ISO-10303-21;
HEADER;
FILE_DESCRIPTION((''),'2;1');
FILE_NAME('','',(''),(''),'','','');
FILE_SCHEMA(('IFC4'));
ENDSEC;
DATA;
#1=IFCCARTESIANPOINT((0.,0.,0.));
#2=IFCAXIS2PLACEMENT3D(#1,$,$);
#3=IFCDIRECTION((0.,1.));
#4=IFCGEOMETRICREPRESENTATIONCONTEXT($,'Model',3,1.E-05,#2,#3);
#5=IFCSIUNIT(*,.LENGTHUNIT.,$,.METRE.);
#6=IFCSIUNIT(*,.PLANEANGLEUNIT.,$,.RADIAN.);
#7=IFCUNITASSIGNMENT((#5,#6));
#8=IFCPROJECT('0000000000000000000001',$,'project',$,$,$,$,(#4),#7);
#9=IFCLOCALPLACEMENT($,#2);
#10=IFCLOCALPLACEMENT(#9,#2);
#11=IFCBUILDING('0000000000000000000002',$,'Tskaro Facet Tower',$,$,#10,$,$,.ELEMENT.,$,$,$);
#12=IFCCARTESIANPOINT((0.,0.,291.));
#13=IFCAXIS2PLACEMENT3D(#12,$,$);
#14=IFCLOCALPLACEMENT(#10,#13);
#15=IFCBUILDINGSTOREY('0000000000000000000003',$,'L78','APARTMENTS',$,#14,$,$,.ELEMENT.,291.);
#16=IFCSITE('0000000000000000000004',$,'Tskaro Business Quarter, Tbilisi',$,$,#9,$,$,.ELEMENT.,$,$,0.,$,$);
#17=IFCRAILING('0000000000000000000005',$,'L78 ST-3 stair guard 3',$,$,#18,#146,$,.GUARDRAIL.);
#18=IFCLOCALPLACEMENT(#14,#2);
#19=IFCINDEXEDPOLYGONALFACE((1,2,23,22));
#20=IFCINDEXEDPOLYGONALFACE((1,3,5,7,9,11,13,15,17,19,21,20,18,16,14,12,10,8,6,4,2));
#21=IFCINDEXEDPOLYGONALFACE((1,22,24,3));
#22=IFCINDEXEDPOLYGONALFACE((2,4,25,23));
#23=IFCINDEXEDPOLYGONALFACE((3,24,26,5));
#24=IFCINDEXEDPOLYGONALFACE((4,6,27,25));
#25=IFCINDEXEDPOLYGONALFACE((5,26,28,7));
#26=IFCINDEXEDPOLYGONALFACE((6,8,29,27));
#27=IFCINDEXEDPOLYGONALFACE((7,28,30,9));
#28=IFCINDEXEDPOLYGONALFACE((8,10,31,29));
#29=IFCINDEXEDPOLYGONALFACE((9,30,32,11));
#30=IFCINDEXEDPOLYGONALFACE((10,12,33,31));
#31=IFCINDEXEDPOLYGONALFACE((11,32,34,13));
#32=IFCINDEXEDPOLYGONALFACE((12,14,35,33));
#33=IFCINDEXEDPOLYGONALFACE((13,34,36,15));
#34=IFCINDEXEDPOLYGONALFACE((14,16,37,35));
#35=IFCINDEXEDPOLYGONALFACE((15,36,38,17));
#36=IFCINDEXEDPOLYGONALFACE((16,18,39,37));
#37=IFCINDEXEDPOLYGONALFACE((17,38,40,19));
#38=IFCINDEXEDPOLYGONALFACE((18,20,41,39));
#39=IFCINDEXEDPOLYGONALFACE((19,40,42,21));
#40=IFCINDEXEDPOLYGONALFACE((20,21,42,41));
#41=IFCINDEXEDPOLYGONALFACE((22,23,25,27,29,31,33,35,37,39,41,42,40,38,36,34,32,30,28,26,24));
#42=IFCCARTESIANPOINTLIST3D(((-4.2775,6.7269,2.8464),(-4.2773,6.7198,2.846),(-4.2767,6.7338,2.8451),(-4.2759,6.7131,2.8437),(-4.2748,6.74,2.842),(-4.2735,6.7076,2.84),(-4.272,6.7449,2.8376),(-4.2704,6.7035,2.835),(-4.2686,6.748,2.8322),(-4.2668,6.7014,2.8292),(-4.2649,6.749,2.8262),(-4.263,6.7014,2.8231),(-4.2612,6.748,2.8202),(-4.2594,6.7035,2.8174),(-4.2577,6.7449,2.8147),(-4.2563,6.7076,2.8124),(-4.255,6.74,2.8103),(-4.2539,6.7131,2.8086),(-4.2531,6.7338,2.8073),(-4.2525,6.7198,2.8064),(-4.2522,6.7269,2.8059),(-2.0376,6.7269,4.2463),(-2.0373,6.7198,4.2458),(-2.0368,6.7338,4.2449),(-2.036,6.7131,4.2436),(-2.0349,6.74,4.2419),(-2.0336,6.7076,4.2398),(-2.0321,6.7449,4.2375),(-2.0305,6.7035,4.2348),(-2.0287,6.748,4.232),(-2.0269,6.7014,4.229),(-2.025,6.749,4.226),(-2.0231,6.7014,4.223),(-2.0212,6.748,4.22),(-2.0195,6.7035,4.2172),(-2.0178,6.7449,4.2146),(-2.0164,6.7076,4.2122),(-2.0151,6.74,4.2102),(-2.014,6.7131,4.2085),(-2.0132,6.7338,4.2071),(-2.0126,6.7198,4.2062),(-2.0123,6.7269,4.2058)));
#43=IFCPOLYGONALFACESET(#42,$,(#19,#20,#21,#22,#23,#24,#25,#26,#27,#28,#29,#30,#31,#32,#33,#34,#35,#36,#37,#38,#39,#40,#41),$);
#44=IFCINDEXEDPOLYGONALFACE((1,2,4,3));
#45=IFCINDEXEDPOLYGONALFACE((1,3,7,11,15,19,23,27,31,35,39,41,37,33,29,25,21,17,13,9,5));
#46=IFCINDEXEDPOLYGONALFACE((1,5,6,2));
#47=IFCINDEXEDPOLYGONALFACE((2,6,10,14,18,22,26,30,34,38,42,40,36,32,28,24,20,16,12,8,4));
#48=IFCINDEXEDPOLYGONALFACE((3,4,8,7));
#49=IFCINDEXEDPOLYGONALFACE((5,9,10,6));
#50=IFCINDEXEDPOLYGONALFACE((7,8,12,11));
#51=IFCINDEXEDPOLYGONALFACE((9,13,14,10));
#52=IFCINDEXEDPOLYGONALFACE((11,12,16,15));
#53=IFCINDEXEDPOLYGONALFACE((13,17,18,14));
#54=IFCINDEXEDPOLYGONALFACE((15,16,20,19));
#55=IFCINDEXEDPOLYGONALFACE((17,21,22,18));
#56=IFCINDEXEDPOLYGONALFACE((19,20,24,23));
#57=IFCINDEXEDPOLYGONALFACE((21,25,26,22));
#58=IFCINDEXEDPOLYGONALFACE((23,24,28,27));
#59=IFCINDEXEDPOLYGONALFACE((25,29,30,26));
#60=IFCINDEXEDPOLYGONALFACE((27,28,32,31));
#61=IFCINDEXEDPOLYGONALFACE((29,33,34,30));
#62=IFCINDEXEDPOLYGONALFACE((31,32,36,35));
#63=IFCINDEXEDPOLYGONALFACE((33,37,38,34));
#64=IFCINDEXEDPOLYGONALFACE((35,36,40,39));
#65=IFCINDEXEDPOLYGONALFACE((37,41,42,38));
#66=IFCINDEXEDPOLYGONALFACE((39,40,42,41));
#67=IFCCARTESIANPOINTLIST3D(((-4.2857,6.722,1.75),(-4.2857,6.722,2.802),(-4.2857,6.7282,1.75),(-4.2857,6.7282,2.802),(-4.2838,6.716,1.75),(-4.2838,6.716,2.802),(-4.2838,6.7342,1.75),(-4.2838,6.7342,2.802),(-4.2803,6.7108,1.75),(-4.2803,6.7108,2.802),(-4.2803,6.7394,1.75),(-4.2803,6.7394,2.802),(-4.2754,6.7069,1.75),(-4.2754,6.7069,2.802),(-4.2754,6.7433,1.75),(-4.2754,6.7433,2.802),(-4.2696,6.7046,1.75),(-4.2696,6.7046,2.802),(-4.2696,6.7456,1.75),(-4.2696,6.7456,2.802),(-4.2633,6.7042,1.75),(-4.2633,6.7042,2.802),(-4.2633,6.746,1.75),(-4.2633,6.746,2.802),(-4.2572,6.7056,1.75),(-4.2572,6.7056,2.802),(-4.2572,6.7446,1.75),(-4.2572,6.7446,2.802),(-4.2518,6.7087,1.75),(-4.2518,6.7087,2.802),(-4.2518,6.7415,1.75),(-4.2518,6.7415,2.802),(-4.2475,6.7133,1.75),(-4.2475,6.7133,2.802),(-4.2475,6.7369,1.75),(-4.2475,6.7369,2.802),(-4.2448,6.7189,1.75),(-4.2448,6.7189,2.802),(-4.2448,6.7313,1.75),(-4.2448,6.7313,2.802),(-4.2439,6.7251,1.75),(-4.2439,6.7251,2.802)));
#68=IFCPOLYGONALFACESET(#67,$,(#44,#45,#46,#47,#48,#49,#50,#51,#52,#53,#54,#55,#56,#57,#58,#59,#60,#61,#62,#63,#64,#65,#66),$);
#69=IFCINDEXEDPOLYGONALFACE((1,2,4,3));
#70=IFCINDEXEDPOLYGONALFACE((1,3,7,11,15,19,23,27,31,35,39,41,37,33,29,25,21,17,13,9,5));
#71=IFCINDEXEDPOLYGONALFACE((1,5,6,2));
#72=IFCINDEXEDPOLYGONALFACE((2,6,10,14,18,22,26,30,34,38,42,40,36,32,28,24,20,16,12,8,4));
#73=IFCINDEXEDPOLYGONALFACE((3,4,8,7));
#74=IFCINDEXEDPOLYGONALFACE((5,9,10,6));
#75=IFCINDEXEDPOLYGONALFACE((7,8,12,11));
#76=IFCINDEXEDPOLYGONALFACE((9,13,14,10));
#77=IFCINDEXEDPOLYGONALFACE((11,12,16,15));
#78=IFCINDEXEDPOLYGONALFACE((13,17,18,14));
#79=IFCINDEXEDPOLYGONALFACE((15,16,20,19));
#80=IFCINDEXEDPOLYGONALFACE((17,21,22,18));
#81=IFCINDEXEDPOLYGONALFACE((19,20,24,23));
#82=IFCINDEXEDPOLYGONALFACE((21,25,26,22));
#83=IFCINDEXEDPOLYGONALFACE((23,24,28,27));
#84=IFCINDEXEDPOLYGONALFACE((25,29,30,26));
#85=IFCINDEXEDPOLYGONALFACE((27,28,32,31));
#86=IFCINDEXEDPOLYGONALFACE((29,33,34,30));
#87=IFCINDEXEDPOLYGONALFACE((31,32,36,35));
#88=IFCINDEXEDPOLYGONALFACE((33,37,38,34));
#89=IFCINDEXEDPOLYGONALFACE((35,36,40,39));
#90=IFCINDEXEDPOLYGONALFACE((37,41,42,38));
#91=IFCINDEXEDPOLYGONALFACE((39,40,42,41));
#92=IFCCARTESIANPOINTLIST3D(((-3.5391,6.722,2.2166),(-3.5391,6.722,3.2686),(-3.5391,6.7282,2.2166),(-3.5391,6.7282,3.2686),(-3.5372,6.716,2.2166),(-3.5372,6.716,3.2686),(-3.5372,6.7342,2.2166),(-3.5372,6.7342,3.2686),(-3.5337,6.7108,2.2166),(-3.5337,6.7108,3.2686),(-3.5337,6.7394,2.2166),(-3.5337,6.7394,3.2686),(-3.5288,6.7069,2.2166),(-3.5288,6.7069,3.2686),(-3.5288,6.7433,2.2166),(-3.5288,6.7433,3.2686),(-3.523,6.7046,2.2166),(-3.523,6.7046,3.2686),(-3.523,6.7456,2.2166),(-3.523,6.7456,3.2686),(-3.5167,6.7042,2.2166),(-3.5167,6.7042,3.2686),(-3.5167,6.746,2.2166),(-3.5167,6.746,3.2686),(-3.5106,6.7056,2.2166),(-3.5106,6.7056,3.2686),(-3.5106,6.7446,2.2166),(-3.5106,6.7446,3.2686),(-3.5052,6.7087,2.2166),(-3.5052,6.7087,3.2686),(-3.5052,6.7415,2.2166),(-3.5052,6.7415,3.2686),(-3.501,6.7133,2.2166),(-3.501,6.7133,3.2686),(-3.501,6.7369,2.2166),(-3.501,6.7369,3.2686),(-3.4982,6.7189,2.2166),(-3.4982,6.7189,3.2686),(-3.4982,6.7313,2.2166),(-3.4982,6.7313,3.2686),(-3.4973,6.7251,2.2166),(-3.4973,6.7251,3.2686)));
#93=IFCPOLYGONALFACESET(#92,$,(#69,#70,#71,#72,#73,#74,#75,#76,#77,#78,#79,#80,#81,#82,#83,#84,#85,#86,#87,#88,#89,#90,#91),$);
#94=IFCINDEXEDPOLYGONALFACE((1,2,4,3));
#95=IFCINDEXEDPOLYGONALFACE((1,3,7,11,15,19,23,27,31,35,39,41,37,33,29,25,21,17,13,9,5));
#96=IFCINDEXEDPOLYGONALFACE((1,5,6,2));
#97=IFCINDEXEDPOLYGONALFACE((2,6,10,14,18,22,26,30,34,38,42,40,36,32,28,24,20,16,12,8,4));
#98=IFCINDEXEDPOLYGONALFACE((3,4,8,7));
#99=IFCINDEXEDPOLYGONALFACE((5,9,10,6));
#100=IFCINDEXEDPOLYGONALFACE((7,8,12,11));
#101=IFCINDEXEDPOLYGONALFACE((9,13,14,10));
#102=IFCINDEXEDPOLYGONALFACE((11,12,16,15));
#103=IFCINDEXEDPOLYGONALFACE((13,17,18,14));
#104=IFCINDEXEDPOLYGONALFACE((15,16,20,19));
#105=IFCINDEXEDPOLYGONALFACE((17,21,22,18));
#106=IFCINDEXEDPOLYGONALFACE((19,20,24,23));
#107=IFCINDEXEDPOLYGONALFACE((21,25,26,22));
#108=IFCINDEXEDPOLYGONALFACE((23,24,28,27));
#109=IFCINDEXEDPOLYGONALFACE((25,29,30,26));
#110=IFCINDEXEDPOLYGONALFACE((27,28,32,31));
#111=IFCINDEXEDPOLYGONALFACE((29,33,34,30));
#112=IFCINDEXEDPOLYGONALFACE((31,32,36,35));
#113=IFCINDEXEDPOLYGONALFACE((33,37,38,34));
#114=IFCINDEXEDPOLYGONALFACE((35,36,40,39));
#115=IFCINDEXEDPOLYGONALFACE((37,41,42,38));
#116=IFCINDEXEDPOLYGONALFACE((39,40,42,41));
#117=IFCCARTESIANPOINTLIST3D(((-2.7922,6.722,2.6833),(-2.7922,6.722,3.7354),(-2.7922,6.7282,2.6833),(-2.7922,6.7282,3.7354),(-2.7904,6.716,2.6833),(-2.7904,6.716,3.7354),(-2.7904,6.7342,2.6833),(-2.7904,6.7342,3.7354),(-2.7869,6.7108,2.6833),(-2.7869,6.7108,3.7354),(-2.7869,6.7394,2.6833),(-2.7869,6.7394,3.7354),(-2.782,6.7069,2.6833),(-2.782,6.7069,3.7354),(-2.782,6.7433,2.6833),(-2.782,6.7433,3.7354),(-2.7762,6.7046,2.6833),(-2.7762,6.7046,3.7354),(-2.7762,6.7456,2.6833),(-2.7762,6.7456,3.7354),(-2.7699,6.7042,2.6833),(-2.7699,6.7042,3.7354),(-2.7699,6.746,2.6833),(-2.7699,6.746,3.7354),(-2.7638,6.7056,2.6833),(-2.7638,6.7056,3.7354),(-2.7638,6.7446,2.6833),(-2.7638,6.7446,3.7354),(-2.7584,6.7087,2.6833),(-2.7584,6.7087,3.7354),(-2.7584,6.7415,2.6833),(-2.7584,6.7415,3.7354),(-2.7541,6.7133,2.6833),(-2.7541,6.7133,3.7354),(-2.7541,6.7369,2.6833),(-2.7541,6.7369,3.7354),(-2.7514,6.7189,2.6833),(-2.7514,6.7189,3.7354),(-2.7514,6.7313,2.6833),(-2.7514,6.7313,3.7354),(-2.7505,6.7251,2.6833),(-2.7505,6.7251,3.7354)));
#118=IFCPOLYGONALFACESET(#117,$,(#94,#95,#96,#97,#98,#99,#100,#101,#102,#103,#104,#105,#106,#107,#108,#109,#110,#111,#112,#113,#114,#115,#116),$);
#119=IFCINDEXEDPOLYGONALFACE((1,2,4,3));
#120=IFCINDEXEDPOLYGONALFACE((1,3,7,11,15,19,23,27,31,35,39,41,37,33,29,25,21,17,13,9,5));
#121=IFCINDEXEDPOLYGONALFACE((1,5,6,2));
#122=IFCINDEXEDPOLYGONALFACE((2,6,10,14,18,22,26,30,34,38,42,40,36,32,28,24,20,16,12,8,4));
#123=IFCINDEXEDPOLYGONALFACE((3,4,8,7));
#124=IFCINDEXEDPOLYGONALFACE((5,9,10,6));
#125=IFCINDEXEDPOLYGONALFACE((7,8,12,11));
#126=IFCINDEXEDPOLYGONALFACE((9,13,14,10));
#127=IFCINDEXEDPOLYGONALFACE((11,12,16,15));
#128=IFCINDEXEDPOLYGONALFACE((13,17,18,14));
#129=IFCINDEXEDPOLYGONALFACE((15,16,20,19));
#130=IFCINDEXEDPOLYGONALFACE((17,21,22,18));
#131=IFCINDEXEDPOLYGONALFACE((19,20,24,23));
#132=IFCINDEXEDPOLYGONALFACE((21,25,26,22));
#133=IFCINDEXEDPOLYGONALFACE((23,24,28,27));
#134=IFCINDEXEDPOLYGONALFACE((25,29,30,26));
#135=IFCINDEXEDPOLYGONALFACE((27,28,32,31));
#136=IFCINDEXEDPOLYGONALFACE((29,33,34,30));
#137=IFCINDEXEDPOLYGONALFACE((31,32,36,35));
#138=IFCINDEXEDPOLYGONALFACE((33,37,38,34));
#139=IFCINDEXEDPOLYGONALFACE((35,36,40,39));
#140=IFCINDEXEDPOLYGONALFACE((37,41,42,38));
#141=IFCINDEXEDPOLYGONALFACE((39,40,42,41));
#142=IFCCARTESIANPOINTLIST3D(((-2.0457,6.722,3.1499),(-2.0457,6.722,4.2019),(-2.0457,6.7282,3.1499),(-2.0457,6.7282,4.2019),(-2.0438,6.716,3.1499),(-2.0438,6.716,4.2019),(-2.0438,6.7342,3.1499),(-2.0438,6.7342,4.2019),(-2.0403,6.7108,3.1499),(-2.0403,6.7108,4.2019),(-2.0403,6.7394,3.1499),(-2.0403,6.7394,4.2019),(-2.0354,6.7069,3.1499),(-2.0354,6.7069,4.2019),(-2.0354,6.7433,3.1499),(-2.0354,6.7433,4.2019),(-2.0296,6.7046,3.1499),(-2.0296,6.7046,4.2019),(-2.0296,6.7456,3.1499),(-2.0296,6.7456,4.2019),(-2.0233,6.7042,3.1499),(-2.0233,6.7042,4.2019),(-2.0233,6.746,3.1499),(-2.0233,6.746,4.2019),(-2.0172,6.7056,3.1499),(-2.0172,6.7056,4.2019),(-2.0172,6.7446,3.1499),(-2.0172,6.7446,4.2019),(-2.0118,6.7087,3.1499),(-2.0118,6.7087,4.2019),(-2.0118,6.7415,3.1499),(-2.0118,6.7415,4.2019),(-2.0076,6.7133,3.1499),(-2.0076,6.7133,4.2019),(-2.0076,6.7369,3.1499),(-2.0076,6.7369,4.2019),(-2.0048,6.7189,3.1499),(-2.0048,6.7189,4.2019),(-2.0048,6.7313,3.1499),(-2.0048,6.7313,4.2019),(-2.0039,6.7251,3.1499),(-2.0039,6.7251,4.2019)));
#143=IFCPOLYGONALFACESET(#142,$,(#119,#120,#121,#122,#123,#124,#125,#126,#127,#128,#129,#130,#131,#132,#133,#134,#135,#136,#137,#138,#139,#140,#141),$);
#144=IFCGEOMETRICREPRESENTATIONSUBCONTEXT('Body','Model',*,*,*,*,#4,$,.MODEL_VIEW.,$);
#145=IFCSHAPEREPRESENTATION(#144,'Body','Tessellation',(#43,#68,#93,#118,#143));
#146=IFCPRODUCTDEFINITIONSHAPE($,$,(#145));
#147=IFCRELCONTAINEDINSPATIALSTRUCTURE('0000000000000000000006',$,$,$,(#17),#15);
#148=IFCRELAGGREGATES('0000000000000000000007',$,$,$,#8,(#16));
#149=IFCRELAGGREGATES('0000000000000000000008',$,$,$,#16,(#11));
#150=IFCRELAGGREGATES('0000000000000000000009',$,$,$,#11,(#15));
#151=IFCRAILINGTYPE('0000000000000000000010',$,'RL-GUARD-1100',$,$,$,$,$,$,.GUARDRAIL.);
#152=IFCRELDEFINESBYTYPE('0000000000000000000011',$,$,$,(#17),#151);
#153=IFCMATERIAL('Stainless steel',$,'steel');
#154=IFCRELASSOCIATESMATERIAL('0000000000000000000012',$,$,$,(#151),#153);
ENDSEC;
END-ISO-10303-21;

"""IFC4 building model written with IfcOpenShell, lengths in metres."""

from ifc_helpers import new_model, si_unit, direction, frame, origin, origin_2d, place, context, subcontext, project, spatial, circle, extrude, material, type_object, element, save


model = new_model("IFC4")

# Units and contexts
model_context = context("Model", 3, precision=1e-05, world=origin(), true_north=direction((0.0, 1.0)))
body_context = subcontext(model_context, "Body", "Model", "MODEL_VIEW")
ifc_project = project(units=[si_unit("LENGTHUNIT", "METRE"), si_unit("PLANEANGLEUNIT", "RADIAN")], contexts=[model_context])

# Site, building, storey
site_placement = place(None, origin())
site = spatial("IfcSite", under=ifc_project, at=site_placement, Name="Tskaro Business Quarter, Tbilisi", CompositionType="ELEMENT", RefElevation=0.0)
building_placement = place(site_placement, origin())
building = spatial("IfcBuilding", under=site, at=building_placement, Name="Tskaro Facet Tower", CompositionType="ELEMENT")
storey_placement = place(building_placement, frame((0.0, 0.0, 291.0)))
storey = spatial("IfcBuildingStorey", under=building, at=storey_placement, Name="L78", Description="APARTMENTS", CompositionType="ELEMENT", Elevation=291.0)

# Railing
ifc_material_1 = material(Name="Stainless steel", Category="steel")
railing_type_1 = type_object("IfcRailingType", Name="RL-GUARD-1100", PredefinedType="GUARDRAIL", material=ifc_material_1)
railing_1_placement = place(storey_placement, frame((-4.2649, 6.7251, 1.75)))
element("IfcRailing", 1, at=railing_1_placement, inside=storey, type_object=railing_type_1, Name="L78 ST-3 stair guard 3", PredefinedType="GUARDRAIL", context=body_context, shape_type="SweptSolid", body=[
    extrude(circle(Radius=0.0239, at=origin_2d()), frame((0.0, 0.0, 1.0762), z_axis=(0.848014, 0.0, 0.529974), x_axis=(0.0, 1.0, 0.0)), (0.0, 0.0, 1.0), 2.6414),
    extrude(circle(Radius=0.021, at=origin_2d()), origin(), (0.0, 0.0, 1.0), 1.052),
    extrude(circle(Radius=0.021, at=origin_2d()), frame((0.7466, 0.0, 0.4666)), (0.0, 0.0, 1.0), 1.052),
    extrude(circle(Radius=0.021, at=origin_2d()), frame((1.4934, 0.0, 0.9333)), (0.0, 0.0, 1.0), 1.052),
    extrude(circle(Radius=0.021, at=origin_2d()), frame((2.24, 0.0, 1.3999)), (0.0, 0.0, 1.0), 1.052),
])

save(model, "model.ifc")
